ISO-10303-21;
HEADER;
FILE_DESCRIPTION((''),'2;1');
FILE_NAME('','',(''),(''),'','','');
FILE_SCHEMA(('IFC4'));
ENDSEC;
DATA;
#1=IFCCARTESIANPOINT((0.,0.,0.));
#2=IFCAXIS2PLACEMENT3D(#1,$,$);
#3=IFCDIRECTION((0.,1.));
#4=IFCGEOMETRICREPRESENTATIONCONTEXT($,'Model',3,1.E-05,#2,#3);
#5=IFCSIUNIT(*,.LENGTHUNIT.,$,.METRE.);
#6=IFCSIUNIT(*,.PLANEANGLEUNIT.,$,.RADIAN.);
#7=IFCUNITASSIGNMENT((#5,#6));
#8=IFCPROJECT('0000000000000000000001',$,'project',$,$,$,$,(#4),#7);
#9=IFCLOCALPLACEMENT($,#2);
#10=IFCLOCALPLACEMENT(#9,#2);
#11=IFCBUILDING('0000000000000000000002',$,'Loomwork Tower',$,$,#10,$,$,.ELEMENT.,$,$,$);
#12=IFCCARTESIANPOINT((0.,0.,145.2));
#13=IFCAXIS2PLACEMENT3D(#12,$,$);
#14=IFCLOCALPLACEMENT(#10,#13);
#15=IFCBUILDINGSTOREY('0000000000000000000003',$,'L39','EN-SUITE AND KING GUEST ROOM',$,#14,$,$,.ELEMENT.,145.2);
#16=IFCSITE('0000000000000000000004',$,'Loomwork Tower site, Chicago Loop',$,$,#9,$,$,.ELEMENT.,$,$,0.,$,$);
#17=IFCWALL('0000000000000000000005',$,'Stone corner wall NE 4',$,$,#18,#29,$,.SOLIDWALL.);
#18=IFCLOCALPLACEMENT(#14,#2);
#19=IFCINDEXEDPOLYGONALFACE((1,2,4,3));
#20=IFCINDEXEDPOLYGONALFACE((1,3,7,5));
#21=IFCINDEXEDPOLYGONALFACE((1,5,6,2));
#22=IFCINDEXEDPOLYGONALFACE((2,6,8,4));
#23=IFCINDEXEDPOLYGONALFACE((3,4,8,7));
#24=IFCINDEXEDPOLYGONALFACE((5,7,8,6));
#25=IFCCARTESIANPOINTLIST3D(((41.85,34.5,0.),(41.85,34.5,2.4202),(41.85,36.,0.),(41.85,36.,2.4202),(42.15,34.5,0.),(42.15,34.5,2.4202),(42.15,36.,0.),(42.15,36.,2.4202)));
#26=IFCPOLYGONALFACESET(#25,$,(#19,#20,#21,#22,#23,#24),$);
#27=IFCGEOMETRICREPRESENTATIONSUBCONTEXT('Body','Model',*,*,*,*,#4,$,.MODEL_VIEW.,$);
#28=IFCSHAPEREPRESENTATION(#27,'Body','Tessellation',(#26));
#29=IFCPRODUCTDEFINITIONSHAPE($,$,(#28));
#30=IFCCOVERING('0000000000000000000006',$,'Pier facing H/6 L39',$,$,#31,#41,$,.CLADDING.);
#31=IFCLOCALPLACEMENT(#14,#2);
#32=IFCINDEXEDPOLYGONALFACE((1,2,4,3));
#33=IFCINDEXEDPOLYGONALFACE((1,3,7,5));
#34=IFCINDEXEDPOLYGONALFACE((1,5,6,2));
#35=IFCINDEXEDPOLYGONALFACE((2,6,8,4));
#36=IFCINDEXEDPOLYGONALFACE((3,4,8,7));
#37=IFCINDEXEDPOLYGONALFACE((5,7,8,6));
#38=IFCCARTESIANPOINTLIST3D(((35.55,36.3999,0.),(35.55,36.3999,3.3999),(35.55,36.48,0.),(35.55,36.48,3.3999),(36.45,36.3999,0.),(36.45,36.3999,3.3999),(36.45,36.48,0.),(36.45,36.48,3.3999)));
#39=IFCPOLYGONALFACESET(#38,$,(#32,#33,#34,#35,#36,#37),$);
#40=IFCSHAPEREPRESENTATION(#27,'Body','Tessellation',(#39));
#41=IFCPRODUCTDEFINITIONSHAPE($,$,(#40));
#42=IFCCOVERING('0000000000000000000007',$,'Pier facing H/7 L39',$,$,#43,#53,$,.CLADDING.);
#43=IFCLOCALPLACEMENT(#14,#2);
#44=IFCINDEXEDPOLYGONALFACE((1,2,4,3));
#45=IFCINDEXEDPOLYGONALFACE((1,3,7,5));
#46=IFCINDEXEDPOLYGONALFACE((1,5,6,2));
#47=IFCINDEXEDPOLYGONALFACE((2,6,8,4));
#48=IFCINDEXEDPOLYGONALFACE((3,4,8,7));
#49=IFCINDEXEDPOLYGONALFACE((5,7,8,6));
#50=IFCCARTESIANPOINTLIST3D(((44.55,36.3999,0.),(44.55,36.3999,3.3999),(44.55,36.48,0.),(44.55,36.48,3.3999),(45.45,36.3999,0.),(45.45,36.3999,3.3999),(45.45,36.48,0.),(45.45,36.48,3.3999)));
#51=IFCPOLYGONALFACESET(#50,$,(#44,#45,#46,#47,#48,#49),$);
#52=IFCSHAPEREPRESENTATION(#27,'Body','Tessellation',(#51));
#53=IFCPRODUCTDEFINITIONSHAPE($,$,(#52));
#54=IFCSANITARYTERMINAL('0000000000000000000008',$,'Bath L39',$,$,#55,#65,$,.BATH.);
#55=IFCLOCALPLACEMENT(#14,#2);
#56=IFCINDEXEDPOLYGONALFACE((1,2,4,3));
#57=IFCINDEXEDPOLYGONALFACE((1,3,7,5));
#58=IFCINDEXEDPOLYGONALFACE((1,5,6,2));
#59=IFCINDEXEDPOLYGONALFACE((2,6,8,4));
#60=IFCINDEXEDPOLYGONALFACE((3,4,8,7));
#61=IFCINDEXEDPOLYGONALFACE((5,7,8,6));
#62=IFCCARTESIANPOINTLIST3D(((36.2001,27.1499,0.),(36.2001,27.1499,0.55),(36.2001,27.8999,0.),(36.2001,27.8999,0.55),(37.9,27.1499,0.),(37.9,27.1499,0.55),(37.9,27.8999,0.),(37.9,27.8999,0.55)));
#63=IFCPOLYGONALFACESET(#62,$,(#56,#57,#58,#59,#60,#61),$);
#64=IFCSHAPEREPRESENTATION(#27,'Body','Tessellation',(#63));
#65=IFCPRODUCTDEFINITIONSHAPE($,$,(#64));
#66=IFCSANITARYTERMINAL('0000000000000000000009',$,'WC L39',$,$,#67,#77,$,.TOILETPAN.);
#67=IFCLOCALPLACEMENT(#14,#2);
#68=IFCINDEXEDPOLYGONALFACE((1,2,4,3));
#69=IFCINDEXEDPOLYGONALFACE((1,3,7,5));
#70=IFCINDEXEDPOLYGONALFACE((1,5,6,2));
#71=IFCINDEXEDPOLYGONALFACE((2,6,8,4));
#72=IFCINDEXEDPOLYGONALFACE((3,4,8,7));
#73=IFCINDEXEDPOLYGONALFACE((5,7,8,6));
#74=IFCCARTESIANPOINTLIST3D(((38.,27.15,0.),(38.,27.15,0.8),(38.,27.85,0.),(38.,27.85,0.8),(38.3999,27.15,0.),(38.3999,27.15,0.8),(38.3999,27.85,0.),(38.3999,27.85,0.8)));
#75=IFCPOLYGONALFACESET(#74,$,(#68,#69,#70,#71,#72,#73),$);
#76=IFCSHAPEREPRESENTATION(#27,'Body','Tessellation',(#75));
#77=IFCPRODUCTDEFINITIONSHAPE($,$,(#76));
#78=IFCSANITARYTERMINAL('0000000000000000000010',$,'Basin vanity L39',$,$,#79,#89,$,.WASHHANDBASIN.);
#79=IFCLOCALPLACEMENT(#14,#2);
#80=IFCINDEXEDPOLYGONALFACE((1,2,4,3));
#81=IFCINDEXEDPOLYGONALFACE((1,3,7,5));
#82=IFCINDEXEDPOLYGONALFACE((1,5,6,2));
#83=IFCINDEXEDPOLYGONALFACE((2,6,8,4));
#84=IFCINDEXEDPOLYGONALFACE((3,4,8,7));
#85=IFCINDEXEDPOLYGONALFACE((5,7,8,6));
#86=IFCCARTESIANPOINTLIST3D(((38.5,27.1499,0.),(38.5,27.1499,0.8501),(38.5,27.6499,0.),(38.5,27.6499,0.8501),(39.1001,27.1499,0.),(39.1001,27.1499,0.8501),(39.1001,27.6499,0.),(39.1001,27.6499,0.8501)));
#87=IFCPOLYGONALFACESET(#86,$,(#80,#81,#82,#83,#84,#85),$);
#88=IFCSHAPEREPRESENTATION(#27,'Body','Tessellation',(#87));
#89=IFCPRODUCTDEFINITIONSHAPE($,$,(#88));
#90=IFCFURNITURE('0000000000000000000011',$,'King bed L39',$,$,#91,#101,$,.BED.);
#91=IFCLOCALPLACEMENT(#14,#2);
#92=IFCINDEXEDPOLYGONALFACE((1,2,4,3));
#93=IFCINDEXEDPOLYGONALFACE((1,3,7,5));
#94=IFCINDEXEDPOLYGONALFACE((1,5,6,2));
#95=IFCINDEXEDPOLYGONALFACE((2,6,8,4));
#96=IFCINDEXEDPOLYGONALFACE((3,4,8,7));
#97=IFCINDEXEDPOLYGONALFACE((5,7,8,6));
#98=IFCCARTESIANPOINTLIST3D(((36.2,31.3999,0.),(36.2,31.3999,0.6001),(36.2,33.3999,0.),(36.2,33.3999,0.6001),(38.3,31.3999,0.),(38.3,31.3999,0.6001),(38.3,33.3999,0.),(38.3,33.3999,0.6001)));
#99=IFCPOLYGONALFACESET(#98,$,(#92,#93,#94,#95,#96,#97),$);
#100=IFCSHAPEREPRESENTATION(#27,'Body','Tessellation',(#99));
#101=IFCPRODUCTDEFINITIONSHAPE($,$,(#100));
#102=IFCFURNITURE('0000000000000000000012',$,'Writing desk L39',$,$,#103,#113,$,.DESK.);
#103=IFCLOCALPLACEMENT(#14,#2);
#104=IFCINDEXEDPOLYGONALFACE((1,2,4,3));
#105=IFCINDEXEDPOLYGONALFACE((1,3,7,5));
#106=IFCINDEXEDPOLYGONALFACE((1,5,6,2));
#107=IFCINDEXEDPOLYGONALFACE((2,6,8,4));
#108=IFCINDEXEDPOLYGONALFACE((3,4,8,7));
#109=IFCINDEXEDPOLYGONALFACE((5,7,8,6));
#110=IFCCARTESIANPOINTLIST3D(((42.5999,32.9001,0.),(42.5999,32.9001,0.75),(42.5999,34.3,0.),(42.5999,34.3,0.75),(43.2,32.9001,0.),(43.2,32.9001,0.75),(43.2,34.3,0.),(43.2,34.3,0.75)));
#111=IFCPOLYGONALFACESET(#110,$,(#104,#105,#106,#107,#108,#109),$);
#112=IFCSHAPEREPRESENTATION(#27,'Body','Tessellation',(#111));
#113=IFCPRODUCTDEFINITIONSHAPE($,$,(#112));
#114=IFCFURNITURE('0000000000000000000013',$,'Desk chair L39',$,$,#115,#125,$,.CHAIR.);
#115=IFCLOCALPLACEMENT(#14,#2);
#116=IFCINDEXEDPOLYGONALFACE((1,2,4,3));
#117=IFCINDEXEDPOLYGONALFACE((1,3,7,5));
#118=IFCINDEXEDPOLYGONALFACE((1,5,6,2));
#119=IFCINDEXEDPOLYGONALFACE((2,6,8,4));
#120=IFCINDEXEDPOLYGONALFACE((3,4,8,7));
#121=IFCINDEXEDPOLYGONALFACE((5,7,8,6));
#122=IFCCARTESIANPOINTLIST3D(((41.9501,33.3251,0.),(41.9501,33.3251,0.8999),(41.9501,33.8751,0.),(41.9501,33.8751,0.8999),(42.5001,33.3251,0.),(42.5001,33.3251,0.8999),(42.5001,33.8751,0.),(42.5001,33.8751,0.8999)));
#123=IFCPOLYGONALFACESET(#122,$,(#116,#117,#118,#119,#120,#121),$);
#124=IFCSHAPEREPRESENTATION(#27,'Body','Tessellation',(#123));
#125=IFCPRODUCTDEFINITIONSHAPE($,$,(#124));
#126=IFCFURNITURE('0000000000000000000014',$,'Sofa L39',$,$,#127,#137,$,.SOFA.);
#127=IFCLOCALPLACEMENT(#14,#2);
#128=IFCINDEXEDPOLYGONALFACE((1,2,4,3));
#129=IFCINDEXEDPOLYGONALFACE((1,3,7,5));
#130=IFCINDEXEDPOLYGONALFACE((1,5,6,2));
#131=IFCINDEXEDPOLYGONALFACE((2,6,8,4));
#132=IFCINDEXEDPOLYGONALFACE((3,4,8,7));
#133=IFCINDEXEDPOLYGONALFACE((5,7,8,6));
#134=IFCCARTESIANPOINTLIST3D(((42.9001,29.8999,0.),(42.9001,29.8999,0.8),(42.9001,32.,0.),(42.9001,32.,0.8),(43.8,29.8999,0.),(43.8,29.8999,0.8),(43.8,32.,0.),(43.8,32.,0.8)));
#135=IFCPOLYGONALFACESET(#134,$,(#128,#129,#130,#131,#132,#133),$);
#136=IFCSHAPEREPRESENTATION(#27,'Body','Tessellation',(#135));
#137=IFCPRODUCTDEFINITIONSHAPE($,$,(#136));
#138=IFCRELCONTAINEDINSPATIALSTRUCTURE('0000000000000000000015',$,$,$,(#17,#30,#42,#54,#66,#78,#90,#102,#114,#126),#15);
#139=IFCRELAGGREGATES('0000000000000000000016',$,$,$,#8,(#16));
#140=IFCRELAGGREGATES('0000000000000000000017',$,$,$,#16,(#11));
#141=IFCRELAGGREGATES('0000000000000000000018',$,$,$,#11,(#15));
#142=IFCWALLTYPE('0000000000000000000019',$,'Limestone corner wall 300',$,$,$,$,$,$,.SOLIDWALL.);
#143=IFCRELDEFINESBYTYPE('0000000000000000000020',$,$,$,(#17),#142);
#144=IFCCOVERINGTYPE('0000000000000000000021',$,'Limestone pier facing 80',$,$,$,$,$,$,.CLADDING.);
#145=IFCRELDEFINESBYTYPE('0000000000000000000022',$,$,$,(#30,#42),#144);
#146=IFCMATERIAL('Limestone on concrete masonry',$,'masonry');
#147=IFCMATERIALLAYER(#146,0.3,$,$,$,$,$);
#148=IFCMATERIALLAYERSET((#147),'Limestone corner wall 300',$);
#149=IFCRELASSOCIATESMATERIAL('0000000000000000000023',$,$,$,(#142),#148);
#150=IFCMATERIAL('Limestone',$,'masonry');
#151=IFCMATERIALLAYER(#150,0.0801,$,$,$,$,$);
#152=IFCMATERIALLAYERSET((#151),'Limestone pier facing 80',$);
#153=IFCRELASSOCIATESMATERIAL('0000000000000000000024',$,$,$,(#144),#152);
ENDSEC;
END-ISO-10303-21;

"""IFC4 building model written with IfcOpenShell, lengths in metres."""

from ifc_helpers import new_model, si_unit, direction, frame, frame_2d, origin, origin_2d, place, context, subcontext, project, spatial, rectangle, extrude, material, layer, layer_set, type_object, element, save


model = new_model("IFC4")

# Units and contexts
model_context = context("Model", 3, precision=1e-05, world=origin(), true_north=direction((0.0, 1.0)))
body_context = subcontext(model_context, "Body", "Model", "MODEL_VIEW")
ifc_project = project(units=[si_unit("LENGTHUNIT", "METRE"), si_unit("PLANEANGLEUNIT", "RADIAN")], contexts=[model_context])

# Site, building, storey
site_placement = place(None, origin())
site = spatial("IfcSite", under=ifc_project, at=site_placement, Name="Loomwork Tower site, Chicago Loop", CompositionType="ELEMENT", RefElevation=0.0)
building_placement = place(site_placement, origin())
building = spatial("IfcBuilding", under=site, at=building_placement, Name="Loomwork Tower", CompositionType="ELEMENT")
storey_placement = place(building_placement, frame((0.0, 0.0, 145.2)))
storey = spatial("IfcBuildingStorey", under=building, at=storey_placement, Name="L39", Description="EN-SUITE AND KING GUEST ROOM", CompositionType="ELEMENT", Elevation=145.2)

# Shared definitions
ifc_material_1 = material(Name="Limestone on concrete masonry", Category="masonry")
ifc_layer_1 = layer(ifc_material_1, 0.3)
ifc_layer_set_1 = layer_set([ifc_layer_1], Name="Limestone corner wall 300")
wall_type_1 = type_object("IfcWallType", Name="Limestone corner wall 300", PredefinedType="SOLIDWALL", material=ifc_layer_set_1)

# Wall
wall_1_placement = place(storey_placement, frame((42.0, 34.5, 0.0), z_axis=(0.0, 0.0, 1.0), x_axis=(0.0, 1.0, 0.0)))
element("IfcWall", 1, at=wall_1_placement, inside=storey, type_object=wall_type_1, Name="Stone corner wall NE 4", PredefinedType="SOLIDWALL", context=body_context, shape_type="SweptSolid", body=[
    extrude(rectangle(XDim=1.5, YDim=0.3, at=frame_2d((0.75, 0.0))), origin(), (0.0, 0.0, 1.0), 2.4202),
])

# Coverings
ifc_material_2 = material(Name="Limestone", Category="masonry")
ifc_layer_2 = layer(ifc_material_2, 0.0801)
ifc_layer_set_2 = layer_set([ifc_layer_2], Name="Limestone pier facing 80")
covering_type = type_object("IfcCoveringType", Name="Limestone pier facing 80", PredefinedType="CLADDING", material=ifc_layer_set_2)
for number, where, z_axis, x_axis, name in (
    (2, (36.0, 36.4399, 0.0), (0.0, 0.0, 1.0), (1.0, 0.0, 0.0), "Pier facing H/6 L39"),
    (3, (45.0, 36.4399, 0.0), (0.0, 0.0, 1.0), (1.0, 0.0, 0.0), "Pier facing H/7 L39"),
):
    element("IfcCovering", number, at=place(storey_placement, frame(where, z_axis=z_axis, x_axis=x_axis)), inside=storey, type_object=covering_type, Name=name, PredefinedType="CLADDING", context=body_context, shape_type="SweptSolid", body=[
        extrude(rectangle(XDim=0.8999, YDim=0.0801, at=origin_2d()), origin(), (0.0, 0.0, 1.0), 3.3999),
    ])

# Sanitary terminals
sanitary_terminal_1_placement = place(storey_placement, frame((37.05, 27.5249, 0.0), z_axis=(0.0, 0.0, 1.0), x_axis=(1.0, 0.0, 0.0)))
element("IfcSanitaryTerminal", 4, at=sanitary_terminal_1_placement, inside=storey, Name="Bath L39", PredefinedType="BATH", context=body_context, shape_type="SweptSolid", body=[
    extrude(rectangle(XDim=1.7, YDim=0.75, at=origin_2d()), origin(), (0.0, 0.0, 1.0), 0.55),
])
sanitary_terminal_2_placement = place(storey_placement, frame((38.2, 27.5, 0.0), z_axis=(0.0, 0.0, 1.0), x_axis=(1.0, 0.0, 0.0)))
element("IfcSanitaryTerminal", 5, at=sanitary_terminal_2_placement, inside=storey, Name="WC L39", PredefinedType="TOILETPAN", context=body_context, shape_type="SweptSolid", body=[
    extrude(rectangle(XDim=0.3999, YDim=0.7, at=origin_2d()), origin(), (0.0, 0.0, 1.0), 0.8),
])
sanitary_terminal_3_placement = place(storey_placement, frame((38.8, 27.3999, 0.0), z_axis=(0.0, 0.0, 1.0), x_axis=(1.0, 0.0, 0.0)))
element("IfcSanitaryTerminal", 6, at=sanitary_terminal_3_placement, inside=storey, Name="Basin vanity L39", PredefinedType="WASHHANDBASIN", context=body_context, shape_type="SweptSolid", body=[
    extrude(rectangle(XDim=0.6001, YDim=0.5, at=origin_2d()), origin(), (0.0, 0.0, 1.0), 0.8501),
])

# Furniture
furniture_1_placement = place(storey_placement, frame((37.25, 32.3999, 0.0), z_axis=(0.0, 0.0, 1.0), x_axis=(1.0, 0.0, 0.0)))
element("IfcFurniture", 7, at=furniture_1_placement, inside=storey, Name="King bed L39", PredefinedType="BED", context=body_context, shape_type="SweptSolid", body=[
    extrude(rectangle(XDim=2.1001, YDim=2.0, at=origin_2d()), origin(), (0.0, 0.0, 1.0), 0.6001),
])
furniture_2_placement = place(storey_placement, frame((42.8999, 33.6001, 0.0), z_axis=(0.0, 0.0, 1.0), x_axis=(1.0, 0.0, 0.0)))
element("IfcFurniture", 8, at=furniture_2_placement, inside=storey, Name="Writing desk L39", PredefinedType="DESK", context=body_context, shape_type="SweptSolid", body=[
    extrude(rectangle(XDim=0.6001, YDim=1.3999, at=origin_2d()), origin(), (0.0, 0.0, 1.0), 0.75),
])
furniture_3_placement = place(storey_placement, frame((42.2251, 33.6001, 0.0), z_axis=(0.0, 0.0, 1.0), x_axis=(1.0, 0.0, 0.0)))
element("IfcFurniture", 9, at=furniture_3_placement, inside=storey, Name="Desk chair L39", PredefinedType="CHAIR", context=body_context, shape_type="SweptSolid", body=[
    extrude(rectangle(XDim=0.55, YDim=0.55, at=origin_2d()), origin(), (0.0, 0.0, 1.0), 0.8999),
])
furniture_4_placement = place(storey_placement, frame((43.3501, 30.95, 0.0), z_axis=(0.0, 0.0, 1.0), x_axis=(1.0, 0.0, 0.0)))
element("IfcFurniture", 10, at=furniture_4_placement, inside=storey, Name="Sofa L39", PredefinedType="SOFA", context=body_context, shape_type="SweptSolid", body=[
    extrude(rectangle(XDim=0.8999, YDim=2.1001, at=origin_2d()), origin(), (0.0, 0.0, 1.0), 0.8),
])

save(model, "model.ifc")
